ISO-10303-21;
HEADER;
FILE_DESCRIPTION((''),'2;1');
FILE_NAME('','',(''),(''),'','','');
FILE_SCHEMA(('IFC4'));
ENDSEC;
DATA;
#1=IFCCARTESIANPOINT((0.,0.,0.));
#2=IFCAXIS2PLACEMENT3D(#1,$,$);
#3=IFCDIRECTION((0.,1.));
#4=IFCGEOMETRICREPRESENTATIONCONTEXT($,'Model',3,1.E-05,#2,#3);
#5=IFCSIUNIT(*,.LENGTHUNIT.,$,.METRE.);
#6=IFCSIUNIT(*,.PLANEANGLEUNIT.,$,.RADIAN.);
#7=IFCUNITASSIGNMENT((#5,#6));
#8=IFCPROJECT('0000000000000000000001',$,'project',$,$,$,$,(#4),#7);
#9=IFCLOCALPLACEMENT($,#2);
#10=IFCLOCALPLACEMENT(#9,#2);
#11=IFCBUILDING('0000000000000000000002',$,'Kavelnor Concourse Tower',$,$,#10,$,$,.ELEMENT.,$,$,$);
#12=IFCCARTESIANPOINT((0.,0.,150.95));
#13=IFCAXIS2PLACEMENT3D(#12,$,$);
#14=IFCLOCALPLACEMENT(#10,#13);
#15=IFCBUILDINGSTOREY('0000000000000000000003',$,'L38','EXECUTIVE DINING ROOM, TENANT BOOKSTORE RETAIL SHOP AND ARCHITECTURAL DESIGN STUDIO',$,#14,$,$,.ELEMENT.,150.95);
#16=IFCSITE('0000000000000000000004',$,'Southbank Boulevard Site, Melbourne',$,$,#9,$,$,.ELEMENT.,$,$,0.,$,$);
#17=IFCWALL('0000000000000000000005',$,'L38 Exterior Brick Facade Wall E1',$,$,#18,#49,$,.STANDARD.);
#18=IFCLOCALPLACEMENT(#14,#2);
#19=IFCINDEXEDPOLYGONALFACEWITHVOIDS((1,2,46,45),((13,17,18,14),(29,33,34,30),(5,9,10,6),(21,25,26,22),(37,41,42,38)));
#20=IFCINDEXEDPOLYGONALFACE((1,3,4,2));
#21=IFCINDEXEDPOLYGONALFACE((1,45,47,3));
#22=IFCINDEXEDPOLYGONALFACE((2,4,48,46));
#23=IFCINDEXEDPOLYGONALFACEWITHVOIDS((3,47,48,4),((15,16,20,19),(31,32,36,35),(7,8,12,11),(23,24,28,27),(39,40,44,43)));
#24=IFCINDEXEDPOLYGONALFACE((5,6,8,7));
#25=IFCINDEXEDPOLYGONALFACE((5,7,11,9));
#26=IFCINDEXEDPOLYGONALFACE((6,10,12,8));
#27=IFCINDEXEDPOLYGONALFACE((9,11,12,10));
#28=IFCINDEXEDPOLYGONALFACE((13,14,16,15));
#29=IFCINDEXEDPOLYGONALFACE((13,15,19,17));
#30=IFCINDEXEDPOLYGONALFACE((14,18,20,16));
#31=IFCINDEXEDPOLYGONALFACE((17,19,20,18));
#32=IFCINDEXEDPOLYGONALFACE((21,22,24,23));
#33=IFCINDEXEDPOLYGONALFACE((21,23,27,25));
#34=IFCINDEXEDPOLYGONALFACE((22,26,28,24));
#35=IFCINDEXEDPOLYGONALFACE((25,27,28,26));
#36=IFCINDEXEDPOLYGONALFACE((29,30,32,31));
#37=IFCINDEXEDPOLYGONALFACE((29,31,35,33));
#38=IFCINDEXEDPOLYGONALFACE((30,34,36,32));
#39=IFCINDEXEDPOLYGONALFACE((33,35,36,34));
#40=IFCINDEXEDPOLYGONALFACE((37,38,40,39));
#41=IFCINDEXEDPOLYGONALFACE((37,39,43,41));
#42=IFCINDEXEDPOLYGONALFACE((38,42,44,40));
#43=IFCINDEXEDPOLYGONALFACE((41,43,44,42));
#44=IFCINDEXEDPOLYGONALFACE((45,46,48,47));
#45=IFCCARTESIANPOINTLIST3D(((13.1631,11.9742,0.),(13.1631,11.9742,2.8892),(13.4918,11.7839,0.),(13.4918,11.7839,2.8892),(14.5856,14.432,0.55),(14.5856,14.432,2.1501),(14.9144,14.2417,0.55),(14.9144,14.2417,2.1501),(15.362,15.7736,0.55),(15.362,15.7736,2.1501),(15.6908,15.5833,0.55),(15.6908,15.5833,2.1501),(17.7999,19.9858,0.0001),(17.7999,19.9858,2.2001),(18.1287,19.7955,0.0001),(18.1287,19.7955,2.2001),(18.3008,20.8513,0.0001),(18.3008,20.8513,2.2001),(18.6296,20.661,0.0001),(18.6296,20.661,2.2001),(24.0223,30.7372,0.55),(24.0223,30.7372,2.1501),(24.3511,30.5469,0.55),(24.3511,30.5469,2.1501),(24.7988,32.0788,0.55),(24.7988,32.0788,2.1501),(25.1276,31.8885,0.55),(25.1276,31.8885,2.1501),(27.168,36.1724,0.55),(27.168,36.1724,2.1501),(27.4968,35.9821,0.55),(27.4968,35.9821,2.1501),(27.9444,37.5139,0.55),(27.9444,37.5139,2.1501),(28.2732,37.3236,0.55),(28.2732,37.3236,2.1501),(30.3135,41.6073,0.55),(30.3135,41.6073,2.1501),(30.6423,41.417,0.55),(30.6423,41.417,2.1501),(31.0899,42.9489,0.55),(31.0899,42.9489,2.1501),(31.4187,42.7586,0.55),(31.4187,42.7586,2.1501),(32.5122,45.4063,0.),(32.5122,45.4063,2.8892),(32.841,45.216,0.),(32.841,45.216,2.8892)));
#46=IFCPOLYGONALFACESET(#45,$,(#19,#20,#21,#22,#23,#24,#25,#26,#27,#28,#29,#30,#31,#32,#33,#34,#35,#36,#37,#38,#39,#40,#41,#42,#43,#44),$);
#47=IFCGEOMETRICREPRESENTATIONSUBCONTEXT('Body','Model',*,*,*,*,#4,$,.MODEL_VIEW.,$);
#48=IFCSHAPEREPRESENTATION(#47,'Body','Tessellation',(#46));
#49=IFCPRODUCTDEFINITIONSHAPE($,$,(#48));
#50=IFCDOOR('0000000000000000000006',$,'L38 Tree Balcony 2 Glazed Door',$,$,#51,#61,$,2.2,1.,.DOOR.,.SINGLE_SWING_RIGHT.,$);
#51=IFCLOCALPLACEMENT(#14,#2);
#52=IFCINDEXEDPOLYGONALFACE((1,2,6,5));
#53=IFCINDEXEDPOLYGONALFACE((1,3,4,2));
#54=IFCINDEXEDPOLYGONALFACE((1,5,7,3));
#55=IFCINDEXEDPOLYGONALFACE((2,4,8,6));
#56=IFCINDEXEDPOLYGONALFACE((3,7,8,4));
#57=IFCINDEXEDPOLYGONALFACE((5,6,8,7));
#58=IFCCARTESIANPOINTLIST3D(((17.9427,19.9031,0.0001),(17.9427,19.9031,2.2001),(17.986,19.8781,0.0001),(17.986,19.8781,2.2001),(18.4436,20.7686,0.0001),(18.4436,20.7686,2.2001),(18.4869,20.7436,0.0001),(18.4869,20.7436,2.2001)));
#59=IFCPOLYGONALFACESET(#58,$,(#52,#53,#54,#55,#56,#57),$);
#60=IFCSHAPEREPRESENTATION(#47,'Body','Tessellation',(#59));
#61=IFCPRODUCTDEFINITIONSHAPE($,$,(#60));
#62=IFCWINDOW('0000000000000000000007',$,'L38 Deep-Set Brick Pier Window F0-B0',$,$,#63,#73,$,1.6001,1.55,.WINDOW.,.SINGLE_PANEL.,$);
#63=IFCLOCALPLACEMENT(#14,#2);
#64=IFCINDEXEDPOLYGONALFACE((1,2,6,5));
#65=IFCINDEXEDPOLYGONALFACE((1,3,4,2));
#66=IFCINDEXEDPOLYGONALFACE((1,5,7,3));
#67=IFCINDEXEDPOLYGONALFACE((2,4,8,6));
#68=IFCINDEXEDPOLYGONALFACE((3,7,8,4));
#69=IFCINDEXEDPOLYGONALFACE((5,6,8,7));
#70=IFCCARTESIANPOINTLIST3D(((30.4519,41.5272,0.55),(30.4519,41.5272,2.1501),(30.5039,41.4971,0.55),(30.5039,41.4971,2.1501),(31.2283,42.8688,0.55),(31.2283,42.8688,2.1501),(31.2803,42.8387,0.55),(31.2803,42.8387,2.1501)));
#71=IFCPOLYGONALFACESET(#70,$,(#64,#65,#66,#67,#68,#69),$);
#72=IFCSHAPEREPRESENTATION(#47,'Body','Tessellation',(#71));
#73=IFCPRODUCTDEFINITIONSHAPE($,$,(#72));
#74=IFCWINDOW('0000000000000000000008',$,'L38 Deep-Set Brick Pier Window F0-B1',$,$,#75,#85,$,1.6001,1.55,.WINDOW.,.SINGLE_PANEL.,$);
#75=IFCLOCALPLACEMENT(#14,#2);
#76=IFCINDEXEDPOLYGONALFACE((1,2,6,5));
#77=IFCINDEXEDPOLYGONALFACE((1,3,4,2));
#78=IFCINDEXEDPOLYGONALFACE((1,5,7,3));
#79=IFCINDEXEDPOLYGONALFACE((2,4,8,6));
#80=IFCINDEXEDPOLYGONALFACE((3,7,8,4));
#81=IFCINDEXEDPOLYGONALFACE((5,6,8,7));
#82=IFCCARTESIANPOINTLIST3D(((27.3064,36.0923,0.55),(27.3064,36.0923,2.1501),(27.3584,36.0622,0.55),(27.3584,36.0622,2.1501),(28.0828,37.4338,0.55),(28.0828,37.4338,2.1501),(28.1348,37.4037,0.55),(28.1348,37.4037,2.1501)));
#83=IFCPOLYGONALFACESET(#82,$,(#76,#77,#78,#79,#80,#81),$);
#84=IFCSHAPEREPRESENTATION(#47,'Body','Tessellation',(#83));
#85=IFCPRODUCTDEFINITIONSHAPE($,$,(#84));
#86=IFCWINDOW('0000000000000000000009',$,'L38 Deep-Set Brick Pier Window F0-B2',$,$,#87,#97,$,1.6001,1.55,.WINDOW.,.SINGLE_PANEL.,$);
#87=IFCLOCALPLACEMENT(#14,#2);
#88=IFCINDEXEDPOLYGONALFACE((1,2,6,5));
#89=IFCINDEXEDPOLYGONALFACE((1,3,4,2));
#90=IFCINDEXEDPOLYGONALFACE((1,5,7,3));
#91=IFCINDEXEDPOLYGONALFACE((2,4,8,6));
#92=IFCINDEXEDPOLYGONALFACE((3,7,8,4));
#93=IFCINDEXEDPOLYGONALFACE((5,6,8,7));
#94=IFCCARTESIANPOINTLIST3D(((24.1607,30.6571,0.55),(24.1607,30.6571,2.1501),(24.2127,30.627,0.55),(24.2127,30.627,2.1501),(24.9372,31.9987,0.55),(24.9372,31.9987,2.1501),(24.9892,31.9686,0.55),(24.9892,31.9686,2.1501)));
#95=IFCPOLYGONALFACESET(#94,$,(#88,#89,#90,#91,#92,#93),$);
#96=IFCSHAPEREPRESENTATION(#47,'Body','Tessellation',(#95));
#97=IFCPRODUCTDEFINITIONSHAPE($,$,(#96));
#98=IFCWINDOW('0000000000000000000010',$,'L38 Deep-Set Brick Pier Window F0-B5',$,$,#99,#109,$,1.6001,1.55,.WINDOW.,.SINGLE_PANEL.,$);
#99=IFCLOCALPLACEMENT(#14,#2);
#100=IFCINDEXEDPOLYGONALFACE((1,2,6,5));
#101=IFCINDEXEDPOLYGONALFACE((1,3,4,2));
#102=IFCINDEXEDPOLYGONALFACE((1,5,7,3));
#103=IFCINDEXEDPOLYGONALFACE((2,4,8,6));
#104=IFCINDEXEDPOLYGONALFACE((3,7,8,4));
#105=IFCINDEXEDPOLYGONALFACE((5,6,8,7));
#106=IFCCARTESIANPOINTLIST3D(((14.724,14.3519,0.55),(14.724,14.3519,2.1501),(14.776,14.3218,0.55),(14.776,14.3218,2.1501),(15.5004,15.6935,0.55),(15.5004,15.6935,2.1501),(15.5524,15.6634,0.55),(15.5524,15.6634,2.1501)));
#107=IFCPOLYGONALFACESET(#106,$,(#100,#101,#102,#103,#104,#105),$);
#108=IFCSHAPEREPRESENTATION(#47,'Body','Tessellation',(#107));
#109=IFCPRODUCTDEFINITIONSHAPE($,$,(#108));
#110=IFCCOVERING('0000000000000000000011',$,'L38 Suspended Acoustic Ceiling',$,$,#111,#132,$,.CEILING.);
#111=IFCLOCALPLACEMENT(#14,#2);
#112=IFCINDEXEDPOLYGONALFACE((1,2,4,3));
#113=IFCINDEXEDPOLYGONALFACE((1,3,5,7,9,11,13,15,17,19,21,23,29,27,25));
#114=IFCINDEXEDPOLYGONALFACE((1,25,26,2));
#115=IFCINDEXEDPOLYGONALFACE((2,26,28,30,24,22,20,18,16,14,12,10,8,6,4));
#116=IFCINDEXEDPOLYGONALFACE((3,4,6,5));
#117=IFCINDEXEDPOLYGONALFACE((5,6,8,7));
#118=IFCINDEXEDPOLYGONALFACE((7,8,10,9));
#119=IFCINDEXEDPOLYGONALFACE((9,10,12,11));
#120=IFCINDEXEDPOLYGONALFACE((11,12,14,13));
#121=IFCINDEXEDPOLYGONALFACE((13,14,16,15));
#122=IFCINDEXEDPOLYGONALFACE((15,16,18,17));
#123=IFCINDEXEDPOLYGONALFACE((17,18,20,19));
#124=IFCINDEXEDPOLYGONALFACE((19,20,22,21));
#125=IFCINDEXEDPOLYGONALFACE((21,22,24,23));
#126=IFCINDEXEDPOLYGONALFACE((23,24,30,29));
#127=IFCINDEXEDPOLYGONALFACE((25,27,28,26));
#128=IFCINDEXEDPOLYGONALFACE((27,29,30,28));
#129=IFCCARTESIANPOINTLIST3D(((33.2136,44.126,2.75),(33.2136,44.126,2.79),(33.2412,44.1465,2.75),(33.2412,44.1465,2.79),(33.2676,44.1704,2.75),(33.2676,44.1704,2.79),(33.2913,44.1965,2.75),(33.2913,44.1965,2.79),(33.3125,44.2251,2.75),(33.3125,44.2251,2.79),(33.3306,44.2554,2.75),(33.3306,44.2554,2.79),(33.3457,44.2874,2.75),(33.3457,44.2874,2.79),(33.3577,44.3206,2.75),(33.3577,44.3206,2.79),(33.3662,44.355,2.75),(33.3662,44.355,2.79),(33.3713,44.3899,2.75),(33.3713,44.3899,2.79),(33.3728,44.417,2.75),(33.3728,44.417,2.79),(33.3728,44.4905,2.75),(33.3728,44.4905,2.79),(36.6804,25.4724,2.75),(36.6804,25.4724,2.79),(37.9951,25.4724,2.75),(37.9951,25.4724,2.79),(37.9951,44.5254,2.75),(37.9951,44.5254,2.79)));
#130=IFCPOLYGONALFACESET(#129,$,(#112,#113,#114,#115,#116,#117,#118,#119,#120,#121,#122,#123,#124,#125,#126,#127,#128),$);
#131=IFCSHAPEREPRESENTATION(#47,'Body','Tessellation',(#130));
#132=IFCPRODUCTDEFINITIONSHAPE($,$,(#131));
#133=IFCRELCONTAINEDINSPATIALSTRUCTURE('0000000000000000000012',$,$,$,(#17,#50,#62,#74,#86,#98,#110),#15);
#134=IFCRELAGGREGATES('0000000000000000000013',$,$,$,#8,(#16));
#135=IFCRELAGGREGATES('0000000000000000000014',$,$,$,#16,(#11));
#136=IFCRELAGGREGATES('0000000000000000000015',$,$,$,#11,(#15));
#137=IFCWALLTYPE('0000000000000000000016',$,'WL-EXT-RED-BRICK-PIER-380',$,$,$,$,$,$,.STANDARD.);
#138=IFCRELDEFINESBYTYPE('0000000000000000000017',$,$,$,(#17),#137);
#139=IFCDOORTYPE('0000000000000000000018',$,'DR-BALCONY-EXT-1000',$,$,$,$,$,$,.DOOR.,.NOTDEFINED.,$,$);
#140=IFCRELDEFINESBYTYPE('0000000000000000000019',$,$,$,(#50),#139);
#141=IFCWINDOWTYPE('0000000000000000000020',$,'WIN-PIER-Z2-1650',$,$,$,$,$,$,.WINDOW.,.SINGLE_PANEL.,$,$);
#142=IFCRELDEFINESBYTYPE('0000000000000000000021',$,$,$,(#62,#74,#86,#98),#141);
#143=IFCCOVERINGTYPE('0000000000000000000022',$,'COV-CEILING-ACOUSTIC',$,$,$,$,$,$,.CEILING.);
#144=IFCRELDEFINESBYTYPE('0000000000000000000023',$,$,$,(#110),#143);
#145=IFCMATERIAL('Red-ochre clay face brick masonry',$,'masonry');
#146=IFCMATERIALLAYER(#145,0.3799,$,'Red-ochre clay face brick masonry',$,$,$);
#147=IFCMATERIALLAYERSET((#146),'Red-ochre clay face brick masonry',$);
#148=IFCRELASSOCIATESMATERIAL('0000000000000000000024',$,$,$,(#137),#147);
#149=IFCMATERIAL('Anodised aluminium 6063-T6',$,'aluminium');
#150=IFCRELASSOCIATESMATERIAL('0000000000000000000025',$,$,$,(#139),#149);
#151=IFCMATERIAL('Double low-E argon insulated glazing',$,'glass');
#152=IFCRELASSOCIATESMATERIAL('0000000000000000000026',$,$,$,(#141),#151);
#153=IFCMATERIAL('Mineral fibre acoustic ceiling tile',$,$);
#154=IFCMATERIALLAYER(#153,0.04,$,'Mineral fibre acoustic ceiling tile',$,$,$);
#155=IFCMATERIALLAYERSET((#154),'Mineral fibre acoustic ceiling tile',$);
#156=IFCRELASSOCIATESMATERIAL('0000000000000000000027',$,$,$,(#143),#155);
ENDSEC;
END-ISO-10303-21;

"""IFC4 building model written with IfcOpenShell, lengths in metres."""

from ifc_helpers import new_model, si_unit, direction, frame, frame_2d, origin, place, context, subcontext, project, spatial, polyline, rectangle, outline, extrude, material, layer, layer_set, type_object, element, fill, save


model = new_model("IFC4")

# Units and contexts
model_context = context("Model", 3, precision=1e-05, world=origin(), true_north=direction((0.0, 1.0)))
body_context = subcontext(model_context, "Body", "Model", "MODEL_VIEW")
ifc_project = project(units=[si_unit("LENGTHUNIT", "METRE"), si_unit("PLANEANGLEUNIT", "RADIAN")], contexts=[model_context])

# Site, building, storey
site_placement = place(None, origin())
site = spatial("IfcSite", under=ifc_project, at=site_placement, Name="Southbank Boulevard Site, Melbourne", CompositionType="ELEMENT", RefElevation=0.0)
building_placement = place(site_placement, origin())
building = spatial("IfcBuilding", under=site, at=building_placement, Name="Kavelnor Concourse Tower", CompositionType="ELEMENT")
storey_placement = place(building_placement, frame((0.0, 0.0, 150.95)))
storey = spatial("IfcBuildingStorey", under=building, at=storey_placement, Name="L38", Description="EXECUTIVE DINING ROOM, TENANT BOOKSTORE RETAIL SHOP AND ARCHITECTURAL DESIGN STUDIO", CompositionType="ELEMENT", Elevation=150.95)

# Wall, openings, door, windows
ifc_material_1 = material(Name="Red-ochre clay face brick masonry", Category="masonry")
ifc_layer_1 = layer(ifc_material_1, 0.3799, Name="Red-ochre clay face brick masonry")
ifc_layer_set_1 = layer_set([ifc_layer_1], Name="Red-ochre clay face brick masonry")
wall_type = type_object("IfcWallType", Name="WL-EXT-RED-BRICK-PIER-380", PredefinedType="STANDARD", material=ifc_layer_set_1)
wall_placement = place(storey_placement, frame((13.3274, 11.8789, 0.0), z_axis=(0.0, 0.0, 1.0), x_axis=(0.500914, 0.865497, 0.0)))
wall = element("IfcWall", 1, at=wall_placement, inside=storey, type_object=wall_type, Name="L38 Exterior Brick Facade Wall E1", PredefinedType="STANDARD", context=body_context, shape_type="SweptSolid", body=[
    extrude(rectangle(XDim=38.6277, YDim=0.3799, at=frame_2d((19.314, 0.0))), origin(), (0.0, 0.0, 1.0), 2.8892),
])
opening_1_placement = place(wall_placement, frame((9.2568, 0.0, 0.0)))
opening_1 = element("IfcOpeningElement", 2, at=opening_1_placement, cuts=wall, PredefinedType="OPENING", context=body_context, shape_type="SweptSolid", body=[
    extrude(rectangle(XDim=1.0, YDim=2.2, at=frame_2d((0.5, 1.1001))), frame((0.0, 0.2, 0.0), z_axis=(0.0, -1.0, 0.0), x_axis=(1.0, 0.0, 0.0)), (0.0, 0.0, 1.0), 0.3999),
])
opening_2_placement = place(wall_placement, frame((34.2385, 0.0, 0.55)))
opening_2 = element("IfcOpeningElement", 3, at=opening_2_placement, cuts=wall, PredefinedType="OPENING", context=body_context, shape_type="SweptSolid", body=[
    extrude(rectangle(XDim=1.55, YDim=1.6001, at=frame_2d((0.7749, 0.8))), frame((0.0, 0.2, 0.0), z_axis=(0.0, -1.0, 0.0), x_axis=(1.0, 0.0, 0.0)), (0.0, 0.0, 1.0), 0.3999),
])
opening_3_placement = place(wall_placement, frame((27.959, 0.0, 0.55)))
opening_3 = element("IfcOpeningElement", 4, at=opening_3_placement, cuts=wall, PredefinedType="OPENING", context=body_context, shape_type="SweptSolid", body=[
    extrude(rectangle(XDim=1.55, YDim=1.6001, at=frame_2d((0.7749, 0.8))), frame((0.0, 0.2, 0.0), z_axis=(0.0, -1.0, 0.0), x_axis=(1.0, 0.0, 0.0)), (0.0, 0.0, 1.0), 0.3999),
])
opening_4_placement = place(wall_placement, frame((21.6792, 0.0, 0.55)))
opening_4 = element("IfcOpeningElement", 5, at=opening_4_placement, cuts=wall, PredefinedType="OPENING", context=body_context, shape_type="SweptSolid", body=[
    extrude(rectangle(XDim=1.55, YDim=1.6001, at=frame_2d((0.7749, 0.8))), frame((0.0, 0.2, 0.0), z_axis=(0.0, -1.0, 0.0), x_axis=(1.0, 0.0, 0.0)), (0.0, 0.0, 1.0), 0.3999),
])
opening_5_placement = place(wall_placement, frame((2.8401, 0.0, 0.55)))
opening_5 = element("IfcOpeningElement", 6, at=opening_5_placement, cuts=wall, PredefinedType="OPENING", context=body_context, shape_type="SweptSolid", body=[
    extrude(rectangle(XDim=1.55, YDim=1.6001, at=frame_2d((0.7749, 0.8))), frame((0.0, 0.2, 0.0), z_axis=(0.0, -1.0, 0.0), x_axis=(1.0, 0.0, 0.0)), (0.0, 0.0, 1.0), 0.3999),
])
ifc_material_2 = material(Name="Anodised aluminium 6063-T6", Category="aluminium")
door_type = type_object("IfcDoorType", Name="DR-BALCONY-EXT-1000", OperationType="NOTDEFINED", PredefinedType="DOOR", material=ifc_material_2)
door_placement = place(opening_1_placement, origin())
door = element("IfcDoor", 7, at=door_placement, inside=storey, type_object=door_type, Name="L38 Tree Balcony 2 Glazed Door", OperationType="SINGLE_SWING_RIGHT", OverallHeight=2.2, OverallWidth=1.0, PredefinedType="DOOR", context=body_context, shape_type="SweptSolid", body=[
    extrude(rectangle(XDim=1.0, YDim=2.2, at=frame_2d((0.5, 1.1001))), frame((0.0, 0.0249, 0.0), z_axis=(0.0, -1.0, 0.0), x_axis=(1.0, 0.0, 0.0)), (0.0, 0.0, 1.0), 0.05),
])
fill(opening_1, door)
ifc_material_3 = material(Name="Double low-E argon insulated glazing", Category="glass")
window_type = type_object("IfcWindowType", Name="WIN-PIER-Z2-1650", PartitioningType="SINGLE_PANEL", PredefinedType="WINDOW", material=ifc_material_3)
window_1_placement = place(opening_2_placement, origin())
window_1 = element("IfcWindow", 8, at=window_1_placement, inside=storey, type_object=window_type, Name="L38 Deep-Set Brick Pier Window F0-B0", OverallHeight=1.6001, OverallWidth=1.55, PartitioningType="SINGLE_PANEL", PredefinedType="WINDOW", context=body_context, shape_type="SweptSolid", body=[
    extrude(rectangle(XDim=1.55, YDim=1.6001, at=frame_2d((0.7749, 0.8))), frame((0.0, 0.03, 0.0), z_axis=(0.0, -1.0, 0.0), x_axis=(1.0, 0.0, 0.0)), (0.0, 0.0, 1.0), 0.0601),
])
fill(opening_2, window_1)
window_2_placement = place(opening_3_placement, origin())
window_2 = element("IfcWindow", 9, at=window_2_placement, inside=storey, type_object=window_type, Name="L38 Deep-Set Brick Pier Window F0-B1", OverallHeight=1.6001, OverallWidth=1.55, PartitioningType="SINGLE_PANEL", PredefinedType="WINDOW", context=body_context, shape_type="SweptSolid", body=[
    extrude(rectangle(XDim=1.55, YDim=1.6001, at=frame_2d((0.7749, 0.8))), frame((0.0, 0.03, 0.0), z_axis=(0.0, -1.0, 0.0), x_axis=(1.0, 0.0, 0.0)), (0.0, 0.0, 1.0), 0.0601),
])
fill(opening_3, window_2)
window_3_placement = place(opening_4_placement, origin())
window_3 = element("IfcWindow", 10, at=window_3_placement, inside=storey, type_object=window_type, Name="L38 Deep-Set Brick Pier Window F0-B2", OverallHeight=1.6001, OverallWidth=1.55, PartitioningType="SINGLE_PANEL", PredefinedType="WINDOW", context=body_context, shape_type="SweptSolid", body=[
    extrude(rectangle(XDim=1.55, YDim=1.6001, at=frame_2d((0.7749, 0.8))), frame((0.0, 0.03, 0.0), z_axis=(0.0, -1.0, 0.0), x_axis=(1.0, 0.0, 0.0)), (0.0, 0.0, 1.0), 0.0601),
])
fill(opening_4, window_3)
window_4_placement = place(opening_5_placement, origin())
window_4 = element("IfcWindow", 11, at=window_4_placement, inside=storey, type_object=window_type, Name="L38 Deep-Set Brick Pier Window F0-B5", OverallHeight=1.6001, OverallWidth=1.55, PartitioningType="SINGLE_PANEL", PredefinedType="WINDOW", context=body_context, shape_type="SweptSolid", body=[
    extrude(rectangle(XDim=1.55, YDim=1.6001, at=frame_2d((0.7749, 0.8))), frame((0.0, 0.03, 0.0), z_axis=(0.0, -1.0, 0.0), x_axis=(1.0, 0.0, 0.0)), (0.0, 0.0, 1.0), 0.0601),
])
fill(opening_5, window_4)

# Covering
ifc_material_4 = material(Name="Mineral fibre acoustic ceiling tile")
ifc_layer_2 = layer(ifc_material_4, 0.04, Name="Mineral fibre acoustic ceiling tile")
ifc_layer_set_2 = layer_set([ifc_layer_2], Name="Mineral fibre acoustic ceiling tile")
covering_type_1 = type_object("IfcCoveringType", Name="COV-CEILING-ACOUSTIC", PredefinedType="CEILING", material=ifc_layer_set_2)
covering_1_placement = place(storey_placement, frame((0.0, 0.0, 2.75)))
element("IfcCovering", 12, at=covering_1_placement, inside=storey, type_object=covering_type_1, Name="L38 Suspended Acoustic Ceiling", PredefinedType="CEILING", context=body_context, shape_type="SweptSolid", body=[
    extrude(outline(polyline([(33.2676, 44.1704), (33.2913, 44.1965), (33.3125, 44.2251), (33.3306, 44.2554), (33.3457, 44.2874), (33.3577, 44.3206), (33.3662, 44.355), (33.3713, 44.3899), (33.3728, 44.417), (33.3728, 44.4905), (37.9951, 44.5254), (37.9951, 25.4724), (36.6804, 25.4724), (33.2136, 44.126), (33.2412, 44.1465), (33.2676, 44.1704)])), origin(), (0.0, 0.0, 1.0), 0.04),
])

save(model, "model.ifc")
